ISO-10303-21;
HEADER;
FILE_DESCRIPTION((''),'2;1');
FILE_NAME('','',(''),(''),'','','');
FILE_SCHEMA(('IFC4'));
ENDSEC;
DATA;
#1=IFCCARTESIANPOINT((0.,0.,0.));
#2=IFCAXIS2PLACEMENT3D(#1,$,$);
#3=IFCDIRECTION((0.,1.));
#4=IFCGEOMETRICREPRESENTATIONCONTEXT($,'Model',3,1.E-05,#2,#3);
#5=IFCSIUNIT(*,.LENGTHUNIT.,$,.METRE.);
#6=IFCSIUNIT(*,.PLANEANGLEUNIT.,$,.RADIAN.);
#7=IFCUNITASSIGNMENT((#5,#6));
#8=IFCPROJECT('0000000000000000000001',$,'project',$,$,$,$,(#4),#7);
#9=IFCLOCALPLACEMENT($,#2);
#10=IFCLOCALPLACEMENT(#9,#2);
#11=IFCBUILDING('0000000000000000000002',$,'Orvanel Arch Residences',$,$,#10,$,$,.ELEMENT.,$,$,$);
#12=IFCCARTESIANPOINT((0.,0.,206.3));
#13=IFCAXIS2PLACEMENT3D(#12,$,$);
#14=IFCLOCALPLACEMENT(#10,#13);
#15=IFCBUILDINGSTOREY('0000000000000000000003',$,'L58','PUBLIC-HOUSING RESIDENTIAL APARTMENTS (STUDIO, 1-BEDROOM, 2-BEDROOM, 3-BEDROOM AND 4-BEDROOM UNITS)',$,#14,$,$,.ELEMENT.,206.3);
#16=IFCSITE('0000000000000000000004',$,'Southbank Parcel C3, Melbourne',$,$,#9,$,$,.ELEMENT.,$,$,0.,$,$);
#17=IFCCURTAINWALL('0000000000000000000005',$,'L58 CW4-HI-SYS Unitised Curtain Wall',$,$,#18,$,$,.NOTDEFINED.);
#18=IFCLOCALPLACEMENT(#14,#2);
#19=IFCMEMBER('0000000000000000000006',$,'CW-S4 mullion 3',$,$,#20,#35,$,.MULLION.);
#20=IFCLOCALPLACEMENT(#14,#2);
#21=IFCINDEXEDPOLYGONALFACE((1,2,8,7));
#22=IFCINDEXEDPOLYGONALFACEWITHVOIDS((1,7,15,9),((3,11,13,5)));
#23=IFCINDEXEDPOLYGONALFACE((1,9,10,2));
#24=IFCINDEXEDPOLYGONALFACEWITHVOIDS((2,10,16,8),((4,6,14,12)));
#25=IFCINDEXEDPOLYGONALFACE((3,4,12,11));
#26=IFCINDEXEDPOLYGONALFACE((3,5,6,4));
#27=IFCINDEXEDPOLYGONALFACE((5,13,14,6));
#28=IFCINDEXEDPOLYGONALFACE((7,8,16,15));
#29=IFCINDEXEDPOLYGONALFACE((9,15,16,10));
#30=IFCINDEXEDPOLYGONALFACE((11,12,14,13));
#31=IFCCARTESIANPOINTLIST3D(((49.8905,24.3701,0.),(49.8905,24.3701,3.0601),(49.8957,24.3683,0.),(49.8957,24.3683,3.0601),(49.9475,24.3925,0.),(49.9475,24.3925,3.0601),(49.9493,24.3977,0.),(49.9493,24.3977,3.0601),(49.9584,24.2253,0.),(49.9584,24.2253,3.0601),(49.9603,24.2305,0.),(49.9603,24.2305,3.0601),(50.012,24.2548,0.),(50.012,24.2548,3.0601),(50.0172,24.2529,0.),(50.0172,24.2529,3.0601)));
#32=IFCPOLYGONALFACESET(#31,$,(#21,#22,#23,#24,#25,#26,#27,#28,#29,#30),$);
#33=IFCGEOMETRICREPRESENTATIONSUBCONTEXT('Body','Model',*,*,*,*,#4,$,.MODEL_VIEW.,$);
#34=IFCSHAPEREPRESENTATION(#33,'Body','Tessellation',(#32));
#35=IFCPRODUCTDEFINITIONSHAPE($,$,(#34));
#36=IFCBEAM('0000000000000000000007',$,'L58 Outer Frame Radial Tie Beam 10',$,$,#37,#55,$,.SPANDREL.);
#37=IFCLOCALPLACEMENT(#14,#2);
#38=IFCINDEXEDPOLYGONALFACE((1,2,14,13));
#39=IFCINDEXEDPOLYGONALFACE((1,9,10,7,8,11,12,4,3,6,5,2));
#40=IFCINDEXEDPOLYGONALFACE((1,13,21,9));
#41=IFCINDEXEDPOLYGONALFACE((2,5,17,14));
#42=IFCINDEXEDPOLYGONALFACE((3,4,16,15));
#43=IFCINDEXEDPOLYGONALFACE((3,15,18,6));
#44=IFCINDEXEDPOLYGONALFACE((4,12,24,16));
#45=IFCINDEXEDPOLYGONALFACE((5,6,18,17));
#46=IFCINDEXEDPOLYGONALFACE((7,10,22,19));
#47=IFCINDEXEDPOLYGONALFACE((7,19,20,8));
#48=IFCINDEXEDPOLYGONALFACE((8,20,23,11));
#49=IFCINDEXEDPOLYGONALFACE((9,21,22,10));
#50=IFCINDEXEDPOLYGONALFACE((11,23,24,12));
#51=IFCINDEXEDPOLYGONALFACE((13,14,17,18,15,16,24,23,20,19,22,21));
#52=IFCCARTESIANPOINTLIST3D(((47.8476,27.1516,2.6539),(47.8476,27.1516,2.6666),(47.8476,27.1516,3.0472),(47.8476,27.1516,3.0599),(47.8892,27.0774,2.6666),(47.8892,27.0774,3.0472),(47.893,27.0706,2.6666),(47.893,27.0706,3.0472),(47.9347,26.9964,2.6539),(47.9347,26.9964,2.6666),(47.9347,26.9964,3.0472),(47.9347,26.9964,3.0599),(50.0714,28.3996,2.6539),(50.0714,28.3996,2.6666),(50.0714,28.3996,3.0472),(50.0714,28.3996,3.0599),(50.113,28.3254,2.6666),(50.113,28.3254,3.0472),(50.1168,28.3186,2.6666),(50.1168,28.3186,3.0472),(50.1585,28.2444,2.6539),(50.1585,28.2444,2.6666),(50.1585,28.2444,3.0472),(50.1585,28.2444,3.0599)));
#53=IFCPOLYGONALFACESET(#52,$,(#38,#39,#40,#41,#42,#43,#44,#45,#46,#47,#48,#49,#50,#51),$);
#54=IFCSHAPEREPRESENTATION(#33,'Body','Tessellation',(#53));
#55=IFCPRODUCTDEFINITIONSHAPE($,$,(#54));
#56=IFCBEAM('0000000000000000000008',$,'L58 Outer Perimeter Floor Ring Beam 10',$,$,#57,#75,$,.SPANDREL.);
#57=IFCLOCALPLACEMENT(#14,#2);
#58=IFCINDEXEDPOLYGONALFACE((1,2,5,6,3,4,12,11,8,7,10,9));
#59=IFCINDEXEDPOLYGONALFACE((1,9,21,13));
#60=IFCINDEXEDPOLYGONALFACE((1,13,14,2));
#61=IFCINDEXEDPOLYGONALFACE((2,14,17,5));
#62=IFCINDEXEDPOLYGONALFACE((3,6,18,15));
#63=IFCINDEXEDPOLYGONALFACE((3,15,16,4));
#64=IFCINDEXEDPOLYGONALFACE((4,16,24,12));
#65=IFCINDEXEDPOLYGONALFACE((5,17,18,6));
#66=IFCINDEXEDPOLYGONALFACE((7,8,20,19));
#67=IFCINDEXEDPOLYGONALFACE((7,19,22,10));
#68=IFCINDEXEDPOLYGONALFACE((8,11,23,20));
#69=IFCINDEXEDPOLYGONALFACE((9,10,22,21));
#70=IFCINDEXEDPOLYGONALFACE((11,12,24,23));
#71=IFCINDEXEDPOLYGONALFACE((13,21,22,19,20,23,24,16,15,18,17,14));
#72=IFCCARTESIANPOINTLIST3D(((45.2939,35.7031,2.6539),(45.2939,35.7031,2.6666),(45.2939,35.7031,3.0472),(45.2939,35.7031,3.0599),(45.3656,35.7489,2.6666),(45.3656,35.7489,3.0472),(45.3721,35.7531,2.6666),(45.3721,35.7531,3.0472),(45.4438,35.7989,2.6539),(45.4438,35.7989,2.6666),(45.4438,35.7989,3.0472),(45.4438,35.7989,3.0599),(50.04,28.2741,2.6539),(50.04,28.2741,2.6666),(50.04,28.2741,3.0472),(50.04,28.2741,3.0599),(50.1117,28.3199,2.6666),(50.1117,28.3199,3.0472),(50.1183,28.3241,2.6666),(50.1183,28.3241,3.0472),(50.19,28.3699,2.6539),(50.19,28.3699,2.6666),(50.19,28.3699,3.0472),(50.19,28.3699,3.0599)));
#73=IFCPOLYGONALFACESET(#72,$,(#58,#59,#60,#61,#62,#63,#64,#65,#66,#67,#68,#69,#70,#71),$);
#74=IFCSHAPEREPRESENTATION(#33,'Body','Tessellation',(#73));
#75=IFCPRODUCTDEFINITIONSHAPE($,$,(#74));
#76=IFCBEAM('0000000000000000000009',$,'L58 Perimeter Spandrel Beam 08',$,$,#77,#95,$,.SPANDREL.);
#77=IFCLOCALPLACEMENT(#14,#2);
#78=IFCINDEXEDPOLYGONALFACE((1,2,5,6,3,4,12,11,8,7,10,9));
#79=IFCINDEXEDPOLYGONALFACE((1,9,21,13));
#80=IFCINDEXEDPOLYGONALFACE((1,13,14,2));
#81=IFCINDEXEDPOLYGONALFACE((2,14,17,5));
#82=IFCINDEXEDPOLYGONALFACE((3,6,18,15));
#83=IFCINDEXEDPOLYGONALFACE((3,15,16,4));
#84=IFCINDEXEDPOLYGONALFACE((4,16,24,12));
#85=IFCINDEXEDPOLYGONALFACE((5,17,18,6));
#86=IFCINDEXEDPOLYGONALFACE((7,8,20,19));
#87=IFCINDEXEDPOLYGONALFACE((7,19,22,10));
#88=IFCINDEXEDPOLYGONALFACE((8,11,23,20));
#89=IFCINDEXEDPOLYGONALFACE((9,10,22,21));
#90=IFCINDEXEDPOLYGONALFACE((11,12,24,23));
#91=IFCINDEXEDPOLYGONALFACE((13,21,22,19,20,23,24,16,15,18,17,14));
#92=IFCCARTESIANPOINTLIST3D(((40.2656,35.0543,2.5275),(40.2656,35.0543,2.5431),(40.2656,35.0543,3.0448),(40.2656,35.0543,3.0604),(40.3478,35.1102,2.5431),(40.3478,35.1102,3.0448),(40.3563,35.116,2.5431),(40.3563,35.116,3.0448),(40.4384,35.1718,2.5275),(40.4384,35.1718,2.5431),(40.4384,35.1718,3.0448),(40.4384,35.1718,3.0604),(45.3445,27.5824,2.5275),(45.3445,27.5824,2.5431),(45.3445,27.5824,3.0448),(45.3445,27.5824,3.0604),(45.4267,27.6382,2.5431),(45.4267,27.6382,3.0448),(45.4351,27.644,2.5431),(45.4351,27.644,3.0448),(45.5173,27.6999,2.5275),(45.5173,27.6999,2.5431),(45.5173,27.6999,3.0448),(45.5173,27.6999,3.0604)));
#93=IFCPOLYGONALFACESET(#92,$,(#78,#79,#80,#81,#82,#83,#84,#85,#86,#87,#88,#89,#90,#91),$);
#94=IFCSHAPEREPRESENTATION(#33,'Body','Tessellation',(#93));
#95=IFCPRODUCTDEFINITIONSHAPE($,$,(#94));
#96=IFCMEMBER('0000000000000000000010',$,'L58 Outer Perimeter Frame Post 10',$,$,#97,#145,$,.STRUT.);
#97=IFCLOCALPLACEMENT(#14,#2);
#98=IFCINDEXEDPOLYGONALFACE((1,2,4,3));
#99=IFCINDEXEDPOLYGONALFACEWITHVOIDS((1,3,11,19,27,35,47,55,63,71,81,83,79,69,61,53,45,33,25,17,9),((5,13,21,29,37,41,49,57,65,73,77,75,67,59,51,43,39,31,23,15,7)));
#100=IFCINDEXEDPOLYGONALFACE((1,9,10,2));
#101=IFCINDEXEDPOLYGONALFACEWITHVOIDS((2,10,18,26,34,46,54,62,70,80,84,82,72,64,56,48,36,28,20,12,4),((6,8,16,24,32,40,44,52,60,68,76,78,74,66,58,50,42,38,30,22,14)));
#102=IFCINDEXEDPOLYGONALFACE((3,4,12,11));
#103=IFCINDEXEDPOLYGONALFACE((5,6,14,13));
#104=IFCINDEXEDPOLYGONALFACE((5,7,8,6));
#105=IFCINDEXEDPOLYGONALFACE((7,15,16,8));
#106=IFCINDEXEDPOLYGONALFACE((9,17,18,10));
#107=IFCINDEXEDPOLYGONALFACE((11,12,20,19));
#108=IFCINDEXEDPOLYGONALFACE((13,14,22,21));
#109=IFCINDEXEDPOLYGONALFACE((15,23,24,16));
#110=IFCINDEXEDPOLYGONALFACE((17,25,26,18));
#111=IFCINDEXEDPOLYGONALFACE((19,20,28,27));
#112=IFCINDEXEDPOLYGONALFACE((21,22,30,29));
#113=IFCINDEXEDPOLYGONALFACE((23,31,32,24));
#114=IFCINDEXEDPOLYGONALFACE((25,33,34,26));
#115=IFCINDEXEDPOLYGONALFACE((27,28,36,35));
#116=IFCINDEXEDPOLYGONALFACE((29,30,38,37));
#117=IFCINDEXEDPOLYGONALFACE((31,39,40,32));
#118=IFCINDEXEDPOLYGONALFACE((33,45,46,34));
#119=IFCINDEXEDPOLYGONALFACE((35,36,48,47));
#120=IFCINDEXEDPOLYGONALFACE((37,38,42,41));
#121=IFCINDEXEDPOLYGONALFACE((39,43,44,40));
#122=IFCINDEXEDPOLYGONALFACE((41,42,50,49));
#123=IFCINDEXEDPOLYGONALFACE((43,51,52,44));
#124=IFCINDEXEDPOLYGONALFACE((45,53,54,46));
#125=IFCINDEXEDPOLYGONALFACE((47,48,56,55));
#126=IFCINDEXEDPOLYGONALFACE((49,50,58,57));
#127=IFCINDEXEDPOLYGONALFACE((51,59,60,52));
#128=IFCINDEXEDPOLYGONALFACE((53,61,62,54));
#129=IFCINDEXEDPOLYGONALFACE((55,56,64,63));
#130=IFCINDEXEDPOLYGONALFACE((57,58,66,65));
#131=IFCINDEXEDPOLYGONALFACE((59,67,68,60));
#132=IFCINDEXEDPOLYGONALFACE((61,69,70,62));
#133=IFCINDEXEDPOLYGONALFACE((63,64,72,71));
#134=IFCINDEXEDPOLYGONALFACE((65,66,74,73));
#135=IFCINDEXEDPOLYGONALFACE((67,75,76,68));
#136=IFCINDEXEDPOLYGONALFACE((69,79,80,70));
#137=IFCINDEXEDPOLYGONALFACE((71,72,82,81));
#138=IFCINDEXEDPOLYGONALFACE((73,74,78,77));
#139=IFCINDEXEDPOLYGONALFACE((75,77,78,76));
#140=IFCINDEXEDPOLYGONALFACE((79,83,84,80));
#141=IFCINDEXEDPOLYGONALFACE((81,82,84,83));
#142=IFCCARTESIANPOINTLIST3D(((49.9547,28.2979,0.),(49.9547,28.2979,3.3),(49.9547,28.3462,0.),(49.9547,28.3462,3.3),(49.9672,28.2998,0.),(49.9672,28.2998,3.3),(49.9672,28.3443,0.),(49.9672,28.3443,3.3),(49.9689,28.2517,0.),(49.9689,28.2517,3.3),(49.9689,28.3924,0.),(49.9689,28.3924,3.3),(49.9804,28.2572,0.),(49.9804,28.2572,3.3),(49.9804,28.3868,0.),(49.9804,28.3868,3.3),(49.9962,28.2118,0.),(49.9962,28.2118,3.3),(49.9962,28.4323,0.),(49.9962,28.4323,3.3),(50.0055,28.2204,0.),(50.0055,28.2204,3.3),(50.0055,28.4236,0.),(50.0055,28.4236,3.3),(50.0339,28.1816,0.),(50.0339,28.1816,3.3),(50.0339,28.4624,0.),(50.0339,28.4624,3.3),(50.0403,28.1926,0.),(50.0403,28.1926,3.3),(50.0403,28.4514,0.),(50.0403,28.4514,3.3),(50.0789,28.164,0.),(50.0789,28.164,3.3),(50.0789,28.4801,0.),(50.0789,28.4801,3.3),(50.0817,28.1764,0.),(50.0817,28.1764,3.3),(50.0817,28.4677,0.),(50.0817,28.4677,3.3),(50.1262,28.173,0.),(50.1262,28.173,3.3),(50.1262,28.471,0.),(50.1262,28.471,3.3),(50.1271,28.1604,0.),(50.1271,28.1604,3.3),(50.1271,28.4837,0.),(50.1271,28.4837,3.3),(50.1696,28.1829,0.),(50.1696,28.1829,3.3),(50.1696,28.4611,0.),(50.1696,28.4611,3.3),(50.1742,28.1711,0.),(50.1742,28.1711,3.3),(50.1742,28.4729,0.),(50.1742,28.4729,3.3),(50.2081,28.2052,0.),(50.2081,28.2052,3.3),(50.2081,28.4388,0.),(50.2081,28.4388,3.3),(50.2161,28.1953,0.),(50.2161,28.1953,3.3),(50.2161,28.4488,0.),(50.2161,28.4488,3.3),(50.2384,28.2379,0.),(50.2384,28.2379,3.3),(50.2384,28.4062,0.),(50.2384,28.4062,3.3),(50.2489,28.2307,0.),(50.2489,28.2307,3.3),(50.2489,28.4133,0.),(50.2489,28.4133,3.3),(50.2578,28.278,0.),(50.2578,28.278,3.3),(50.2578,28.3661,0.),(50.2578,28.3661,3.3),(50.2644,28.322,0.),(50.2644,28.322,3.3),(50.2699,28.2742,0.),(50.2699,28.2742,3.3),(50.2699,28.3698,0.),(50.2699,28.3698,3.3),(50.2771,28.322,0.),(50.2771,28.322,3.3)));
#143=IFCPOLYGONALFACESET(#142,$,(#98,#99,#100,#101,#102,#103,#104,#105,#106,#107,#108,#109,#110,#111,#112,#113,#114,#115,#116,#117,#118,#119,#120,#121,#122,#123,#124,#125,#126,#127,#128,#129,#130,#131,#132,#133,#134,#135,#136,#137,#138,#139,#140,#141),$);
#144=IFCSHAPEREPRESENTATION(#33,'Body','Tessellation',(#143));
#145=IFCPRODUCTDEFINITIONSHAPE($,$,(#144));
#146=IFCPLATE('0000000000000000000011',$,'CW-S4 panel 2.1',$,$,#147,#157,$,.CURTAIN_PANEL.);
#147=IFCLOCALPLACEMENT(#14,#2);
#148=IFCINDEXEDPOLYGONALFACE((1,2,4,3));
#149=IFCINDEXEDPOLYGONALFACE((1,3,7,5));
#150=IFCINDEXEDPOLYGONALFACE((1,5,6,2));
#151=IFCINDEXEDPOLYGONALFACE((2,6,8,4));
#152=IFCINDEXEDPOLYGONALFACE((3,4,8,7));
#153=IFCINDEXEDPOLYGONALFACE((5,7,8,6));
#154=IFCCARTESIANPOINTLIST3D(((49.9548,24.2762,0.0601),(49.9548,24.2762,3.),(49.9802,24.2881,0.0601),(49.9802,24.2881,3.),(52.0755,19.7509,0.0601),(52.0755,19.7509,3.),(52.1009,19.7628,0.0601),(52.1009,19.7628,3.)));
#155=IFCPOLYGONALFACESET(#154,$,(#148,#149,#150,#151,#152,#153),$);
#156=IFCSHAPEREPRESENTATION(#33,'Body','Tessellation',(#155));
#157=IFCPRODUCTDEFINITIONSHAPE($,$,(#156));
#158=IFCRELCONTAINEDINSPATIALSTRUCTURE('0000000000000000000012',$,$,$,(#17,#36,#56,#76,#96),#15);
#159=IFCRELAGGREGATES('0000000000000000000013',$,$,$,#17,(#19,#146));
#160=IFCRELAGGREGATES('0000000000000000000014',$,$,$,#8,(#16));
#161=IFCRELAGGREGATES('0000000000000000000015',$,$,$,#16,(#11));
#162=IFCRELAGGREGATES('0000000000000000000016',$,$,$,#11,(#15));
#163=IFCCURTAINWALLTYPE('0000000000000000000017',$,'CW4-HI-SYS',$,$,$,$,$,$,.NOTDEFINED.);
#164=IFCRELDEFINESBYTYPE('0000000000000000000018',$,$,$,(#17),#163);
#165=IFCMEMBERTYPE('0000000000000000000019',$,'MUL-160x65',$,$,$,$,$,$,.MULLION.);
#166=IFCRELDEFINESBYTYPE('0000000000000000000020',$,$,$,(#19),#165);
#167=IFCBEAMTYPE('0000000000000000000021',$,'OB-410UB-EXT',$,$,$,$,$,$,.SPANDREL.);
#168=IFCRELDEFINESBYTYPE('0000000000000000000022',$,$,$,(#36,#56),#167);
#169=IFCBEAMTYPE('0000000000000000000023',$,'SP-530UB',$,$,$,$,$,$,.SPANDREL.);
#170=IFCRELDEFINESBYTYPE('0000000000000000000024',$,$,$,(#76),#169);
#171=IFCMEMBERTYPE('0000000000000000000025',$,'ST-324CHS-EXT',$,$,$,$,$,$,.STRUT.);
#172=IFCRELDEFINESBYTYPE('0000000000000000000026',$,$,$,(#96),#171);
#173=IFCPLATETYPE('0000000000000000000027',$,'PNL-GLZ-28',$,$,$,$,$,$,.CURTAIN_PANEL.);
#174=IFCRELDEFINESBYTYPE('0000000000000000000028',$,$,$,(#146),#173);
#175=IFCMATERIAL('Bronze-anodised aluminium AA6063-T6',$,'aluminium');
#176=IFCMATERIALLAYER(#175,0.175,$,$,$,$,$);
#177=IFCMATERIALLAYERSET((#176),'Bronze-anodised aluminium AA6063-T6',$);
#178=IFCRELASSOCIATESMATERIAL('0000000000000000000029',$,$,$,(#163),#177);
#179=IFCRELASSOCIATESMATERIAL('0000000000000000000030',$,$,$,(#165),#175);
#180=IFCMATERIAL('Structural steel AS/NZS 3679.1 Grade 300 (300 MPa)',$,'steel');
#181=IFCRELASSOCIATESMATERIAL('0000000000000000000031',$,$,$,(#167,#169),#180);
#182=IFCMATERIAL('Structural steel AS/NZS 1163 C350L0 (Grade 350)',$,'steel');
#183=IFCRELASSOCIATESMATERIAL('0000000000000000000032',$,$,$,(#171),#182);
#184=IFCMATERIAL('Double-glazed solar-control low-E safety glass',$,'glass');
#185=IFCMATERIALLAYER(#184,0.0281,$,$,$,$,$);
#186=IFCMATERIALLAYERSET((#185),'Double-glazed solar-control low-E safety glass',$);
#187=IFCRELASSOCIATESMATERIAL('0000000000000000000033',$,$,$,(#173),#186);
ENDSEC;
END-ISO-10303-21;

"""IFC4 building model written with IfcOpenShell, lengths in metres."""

from ifc_helpers import new_model, si_unit, direction, frame, origin, origin_2d, place, context, subcontext, project, spatial, rectangle, hollow_rectangle, hollow_circle, i_section, extrude, material, layer, layer_set, material_profile, profile_set, type_object, element, aggregate, save


model = new_model("IFC4")

# Units and contexts
model_context = context("Model", 3, precision=1e-05, world=origin(), true_north=direction((0.0, 1.0)))
body_context = subcontext(model_context, "Body", "Model", "MODEL_VIEW")
ifc_project = project(units=[si_unit("LENGTHUNIT", "METRE"), si_unit("PLANEANGLEUNIT", "RADIAN")], contexts=[model_context])

# Site, building, storey
site_placement = place(None, origin())
site = spatial("IfcSite", under=ifc_project, at=site_placement, Name="Southbank Parcel C3, Melbourne", CompositionType="ELEMENT", RefElevation=0.0)
building_placement = place(site_placement, origin())
building = spatial("IfcBuilding", under=site, at=building_placement, Name="Orvanel Arch Residences", CompositionType="ELEMENT")
storey_placement = place(building_placement, frame((0.0, 0.0, 206.3)))
storey = spatial("IfcBuildingStorey", under=building, at=storey_placement, Name="L58", Description="PUBLIC-HOUSING RESIDENTIAL APARTMENTS (STUDIO, 1-BEDROOM, 2-BEDROOM, 3-BEDROOM AND 4-BEDROOM UNITS)", CompositionType="ELEMENT", Elevation=206.3)

# Shared definitions
ifc_material_1 = material(Name="Structural steel AS/NZS 1163 C350L0 (Grade 350)", Category="steel")

# Shared definitions
ifc_material_2 = material(Name="Structural steel AS/NZS 3679.1 Grade 300 (300 MPa)", Category="steel")

# Curtain wall, member
ifc_material_3 = material(Name="Bronze-anodised aluminium AA6063-T6", Category="aluminium")
ifc_layer_1 = layer(ifc_material_3, 0.175)
ifc_layer_set_1 = layer_set([ifc_layer_1], Name="Bronze-anodised aluminium AA6063-T6")
curtain_wall_type = type_object("IfcCurtainWallType", Name="CW4-HI-SYS", PredefinedType="NOTDEFINED", material=ifc_layer_set_1)
curtain_wall_placement = place(storey_placement, origin())
curtain_wall = element("IfcCurtainWall", 1, at=curtain_wall_placement, inside=storey, type_object=curtain_wall_type, Name="L58 CW4-HI-SYS Unitised Curtain Wall", PredefinedType="NOTDEFINED")
ifc_material_profile_1 = material_profile(ifc_material_3, hollow_rectangle(XDim=0.0649, YDim=0.1599, WallThickness=0.0039, at=origin_2d()), Name="ALU160x65x4")
ifc_profile_set_1 = profile_set([ifc_material_profile_1], Name="Bronze-anodised aluminium AA6063-T6")
member_type_1 = type_object("IfcMemberType", Name="MUL-160x65", PredefinedType="MULLION", material=ifc_profile_set_1)
member_1_placement = place(storey_placement, frame((49.9539, 24.3115, 0.0), z_axis=(0.0, 0.0, 1.0), x_axis=(-0.905503, -0.424341, 0.0)))
member_1 = element("IfcMember", 2, at=member_1_placement, type_object=member_type_1, Name="CW-S4 mullion 3", PredefinedType="MULLION", context=body_context, shape_type="SweptSolid", body=[
    extrude(hollow_rectangle(XDim=0.0649, YDim=0.1599, WallThickness=0.0039, at=origin_2d()), origin(), (0.0, 0.0, 1.0), 3.0601),
])

# Beams
ifc_material_profile_2 = material_profile(ifc_material_2, i_section(OverallWidth=0.178, OverallDepth=0.406, WebThickness=0.0078, FlangeThickness=0.0127, at=origin_2d()), Name="410UB59.7")
ifc_profile_set_2 = profile_set([ifc_material_profile_2], Name="Structural steel AS/NZS 3679.1 Grade 300 (300 MPa)")
beam_type_1 = type_object("IfcBeamType", Name="OB-410UB-EXT", PredefinedType="SPANDREL", material=ifc_profile_set_2)
beam_1_placement = place(storey_placement, frame((47.8911, 27.074, 2.8569), z_axis=(0.872058, 0.489402, 0.0), x_axis=(-0.489402, 0.872058, 0.0)))
element("IfcBeam", 3, at=beam_1_placement, inside=storey, type_object=beam_type_1, Name="L58 Outer Frame Radial Tie Beam 10", PredefinedType="SPANDREL", context=body_context, shape_type="SweptSolid", body=[
    extrude(i_section(OverallWidth=0.178, OverallDepth=0.406, WebThickness=0.0078, FlangeThickness=0.0127, at=origin_2d()), origin(), (0.0, 0.0, 1.0), 2.55),
])
beam_2_placement = place(storey_placement, frame((50.115, 28.322, 2.8569), z_axis=(-0.538375, 0.842706, 0.0), x_axis=(-0.842706, -0.538375, 0.0)))
element("IfcBeam", 4, at=beam_2_placement, inside=storey, type_object=beam_type_1, Name="L58 Outer Perimeter Floor Ring Beam 10", PredefinedType="SPANDREL", context=body_context, shape_type="SweptSolid", body=[
    extrude(i_section(OverallWidth=0.178, OverallDepth=0.406, WebThickness=0.0078, FlangeThickness=0.0127, at=origin_2d()), origin(), (0.0, 0.0, 1.0), 8.8157),
])
ifc_material_profile_3 = material_profile(ifc_material_2, i_section(OverallWidth=0.209, OverallDepth=0.533, WebThickness=0.0103, FlangeThickness=0.0156, at=origin_2d()), Name="530UB92.4")
ifc_profile_set_3 = profile_set([ifc_material_profile_3], Name="Structural steel AS/NZS 3679.1 Grade 300 (300 MPa)")
beam_type_2 = type_object("IfcBeamType", Name="SP-530UB", PredefinedType="SPANDREL", material=ifc_profile_set_3)
beam_3_placement = place(storey_placement, frame((45.4309, 27.6411, 2.7939), z_axis=(-0.562155, 0.827032, 0.0), x_axis=(-0.827032, -0.562155, 0.0)))
element("IfcBeam", 5, at=beam_3_placement, inside=storey, type_object=beam_type_2, Name="L58 Perimeter Spandrel Beam 08", PredefinedType="SPANDREL", context=body_context, shape_type="SweptSolid", body=[
    extrude(i_section(OverallWidth=0.209, OverallDepth=0.533, WebThickness=0.0103, FlangeThickness=0.0156, at=origin_2d()), origin(), (0.0, 0.0, 1.0), 9.0347),
])

# Member
ifc_material_profile_4 = material_profile(ifc_material_1, hollow_circle(Radius=0.1621, WallThickness=0.0127, at=origin_2d()), Name="CHS324x12.7")
ifc_profile_set_4 = profile_set([ifc_material_profile_4], Name="Structural steel AS/NZS 1163 C350L0 (Grade 350)")
member_type_2 = type_object("IfcMemberType", Name="ST-324CHS-EXT", PredefinedType="STRUT", material=ifc_profile_set_4)
member_2_placement = place(storey_placement, frame((50.115, 28.322, 0.0), z_axis=(0.0, 0.0, 1.0), x_axis=(1.0, 0.0, 0.0)))
element("IfcMember", 6, at=member_2_placement, inside=storey, type_object=member_type_2, Name="L58 Outer Perimeter Frame Post 10", PredefinedType="STRUT", context=body_context, shape_type="SweptSolid", body=[
    extrude(hollow_circle(Radius=0.1621, WallThickness=0.0127, at=origin_2d()), origin(), (0.0, 0.0, 1.0), 3.3),
])

# Plate
ifc_material_4 = material(Name="Double-glazed solar-control low-E safety glass", Category="glass")
ifc_layer_2 = layer(ifc_material_4, 0.0281)
ifc_layer_set_2 = layer_set([ifc_layer_2], Name="Double-glazed solar-control low-E safety glass")
plate_type = type_object("IfcPlateType", Name="PNL-GLZ-28", PredefinedType="CURTAIN_PANEL", material=ifc_layer_set_2)
plate_placement = place(storey_placement, frame((51.0278, 22.0195, 0.0601), z_axis=(0.0, 0.0, 1.0), x_axis=(-0.424341, 0.905503, 0.0)))
plate = element("IfcPlate", 7, at=plate_placement, type_object=plate_type, Name="CW-S4 panel 2.1", PredefinedType="CURTAIN_PANEL", context=body_context, shape_type="SweptSolid", body=[
    extrude(rectangle(XDim=4.9976, YDim=0.0281, at=origin_2d()), origin(), (0.0, 0.0, 1.0), 2.9399),
])
aggregate(curtain_wall, [member_1, plate])

save(model, "model.ifc")
